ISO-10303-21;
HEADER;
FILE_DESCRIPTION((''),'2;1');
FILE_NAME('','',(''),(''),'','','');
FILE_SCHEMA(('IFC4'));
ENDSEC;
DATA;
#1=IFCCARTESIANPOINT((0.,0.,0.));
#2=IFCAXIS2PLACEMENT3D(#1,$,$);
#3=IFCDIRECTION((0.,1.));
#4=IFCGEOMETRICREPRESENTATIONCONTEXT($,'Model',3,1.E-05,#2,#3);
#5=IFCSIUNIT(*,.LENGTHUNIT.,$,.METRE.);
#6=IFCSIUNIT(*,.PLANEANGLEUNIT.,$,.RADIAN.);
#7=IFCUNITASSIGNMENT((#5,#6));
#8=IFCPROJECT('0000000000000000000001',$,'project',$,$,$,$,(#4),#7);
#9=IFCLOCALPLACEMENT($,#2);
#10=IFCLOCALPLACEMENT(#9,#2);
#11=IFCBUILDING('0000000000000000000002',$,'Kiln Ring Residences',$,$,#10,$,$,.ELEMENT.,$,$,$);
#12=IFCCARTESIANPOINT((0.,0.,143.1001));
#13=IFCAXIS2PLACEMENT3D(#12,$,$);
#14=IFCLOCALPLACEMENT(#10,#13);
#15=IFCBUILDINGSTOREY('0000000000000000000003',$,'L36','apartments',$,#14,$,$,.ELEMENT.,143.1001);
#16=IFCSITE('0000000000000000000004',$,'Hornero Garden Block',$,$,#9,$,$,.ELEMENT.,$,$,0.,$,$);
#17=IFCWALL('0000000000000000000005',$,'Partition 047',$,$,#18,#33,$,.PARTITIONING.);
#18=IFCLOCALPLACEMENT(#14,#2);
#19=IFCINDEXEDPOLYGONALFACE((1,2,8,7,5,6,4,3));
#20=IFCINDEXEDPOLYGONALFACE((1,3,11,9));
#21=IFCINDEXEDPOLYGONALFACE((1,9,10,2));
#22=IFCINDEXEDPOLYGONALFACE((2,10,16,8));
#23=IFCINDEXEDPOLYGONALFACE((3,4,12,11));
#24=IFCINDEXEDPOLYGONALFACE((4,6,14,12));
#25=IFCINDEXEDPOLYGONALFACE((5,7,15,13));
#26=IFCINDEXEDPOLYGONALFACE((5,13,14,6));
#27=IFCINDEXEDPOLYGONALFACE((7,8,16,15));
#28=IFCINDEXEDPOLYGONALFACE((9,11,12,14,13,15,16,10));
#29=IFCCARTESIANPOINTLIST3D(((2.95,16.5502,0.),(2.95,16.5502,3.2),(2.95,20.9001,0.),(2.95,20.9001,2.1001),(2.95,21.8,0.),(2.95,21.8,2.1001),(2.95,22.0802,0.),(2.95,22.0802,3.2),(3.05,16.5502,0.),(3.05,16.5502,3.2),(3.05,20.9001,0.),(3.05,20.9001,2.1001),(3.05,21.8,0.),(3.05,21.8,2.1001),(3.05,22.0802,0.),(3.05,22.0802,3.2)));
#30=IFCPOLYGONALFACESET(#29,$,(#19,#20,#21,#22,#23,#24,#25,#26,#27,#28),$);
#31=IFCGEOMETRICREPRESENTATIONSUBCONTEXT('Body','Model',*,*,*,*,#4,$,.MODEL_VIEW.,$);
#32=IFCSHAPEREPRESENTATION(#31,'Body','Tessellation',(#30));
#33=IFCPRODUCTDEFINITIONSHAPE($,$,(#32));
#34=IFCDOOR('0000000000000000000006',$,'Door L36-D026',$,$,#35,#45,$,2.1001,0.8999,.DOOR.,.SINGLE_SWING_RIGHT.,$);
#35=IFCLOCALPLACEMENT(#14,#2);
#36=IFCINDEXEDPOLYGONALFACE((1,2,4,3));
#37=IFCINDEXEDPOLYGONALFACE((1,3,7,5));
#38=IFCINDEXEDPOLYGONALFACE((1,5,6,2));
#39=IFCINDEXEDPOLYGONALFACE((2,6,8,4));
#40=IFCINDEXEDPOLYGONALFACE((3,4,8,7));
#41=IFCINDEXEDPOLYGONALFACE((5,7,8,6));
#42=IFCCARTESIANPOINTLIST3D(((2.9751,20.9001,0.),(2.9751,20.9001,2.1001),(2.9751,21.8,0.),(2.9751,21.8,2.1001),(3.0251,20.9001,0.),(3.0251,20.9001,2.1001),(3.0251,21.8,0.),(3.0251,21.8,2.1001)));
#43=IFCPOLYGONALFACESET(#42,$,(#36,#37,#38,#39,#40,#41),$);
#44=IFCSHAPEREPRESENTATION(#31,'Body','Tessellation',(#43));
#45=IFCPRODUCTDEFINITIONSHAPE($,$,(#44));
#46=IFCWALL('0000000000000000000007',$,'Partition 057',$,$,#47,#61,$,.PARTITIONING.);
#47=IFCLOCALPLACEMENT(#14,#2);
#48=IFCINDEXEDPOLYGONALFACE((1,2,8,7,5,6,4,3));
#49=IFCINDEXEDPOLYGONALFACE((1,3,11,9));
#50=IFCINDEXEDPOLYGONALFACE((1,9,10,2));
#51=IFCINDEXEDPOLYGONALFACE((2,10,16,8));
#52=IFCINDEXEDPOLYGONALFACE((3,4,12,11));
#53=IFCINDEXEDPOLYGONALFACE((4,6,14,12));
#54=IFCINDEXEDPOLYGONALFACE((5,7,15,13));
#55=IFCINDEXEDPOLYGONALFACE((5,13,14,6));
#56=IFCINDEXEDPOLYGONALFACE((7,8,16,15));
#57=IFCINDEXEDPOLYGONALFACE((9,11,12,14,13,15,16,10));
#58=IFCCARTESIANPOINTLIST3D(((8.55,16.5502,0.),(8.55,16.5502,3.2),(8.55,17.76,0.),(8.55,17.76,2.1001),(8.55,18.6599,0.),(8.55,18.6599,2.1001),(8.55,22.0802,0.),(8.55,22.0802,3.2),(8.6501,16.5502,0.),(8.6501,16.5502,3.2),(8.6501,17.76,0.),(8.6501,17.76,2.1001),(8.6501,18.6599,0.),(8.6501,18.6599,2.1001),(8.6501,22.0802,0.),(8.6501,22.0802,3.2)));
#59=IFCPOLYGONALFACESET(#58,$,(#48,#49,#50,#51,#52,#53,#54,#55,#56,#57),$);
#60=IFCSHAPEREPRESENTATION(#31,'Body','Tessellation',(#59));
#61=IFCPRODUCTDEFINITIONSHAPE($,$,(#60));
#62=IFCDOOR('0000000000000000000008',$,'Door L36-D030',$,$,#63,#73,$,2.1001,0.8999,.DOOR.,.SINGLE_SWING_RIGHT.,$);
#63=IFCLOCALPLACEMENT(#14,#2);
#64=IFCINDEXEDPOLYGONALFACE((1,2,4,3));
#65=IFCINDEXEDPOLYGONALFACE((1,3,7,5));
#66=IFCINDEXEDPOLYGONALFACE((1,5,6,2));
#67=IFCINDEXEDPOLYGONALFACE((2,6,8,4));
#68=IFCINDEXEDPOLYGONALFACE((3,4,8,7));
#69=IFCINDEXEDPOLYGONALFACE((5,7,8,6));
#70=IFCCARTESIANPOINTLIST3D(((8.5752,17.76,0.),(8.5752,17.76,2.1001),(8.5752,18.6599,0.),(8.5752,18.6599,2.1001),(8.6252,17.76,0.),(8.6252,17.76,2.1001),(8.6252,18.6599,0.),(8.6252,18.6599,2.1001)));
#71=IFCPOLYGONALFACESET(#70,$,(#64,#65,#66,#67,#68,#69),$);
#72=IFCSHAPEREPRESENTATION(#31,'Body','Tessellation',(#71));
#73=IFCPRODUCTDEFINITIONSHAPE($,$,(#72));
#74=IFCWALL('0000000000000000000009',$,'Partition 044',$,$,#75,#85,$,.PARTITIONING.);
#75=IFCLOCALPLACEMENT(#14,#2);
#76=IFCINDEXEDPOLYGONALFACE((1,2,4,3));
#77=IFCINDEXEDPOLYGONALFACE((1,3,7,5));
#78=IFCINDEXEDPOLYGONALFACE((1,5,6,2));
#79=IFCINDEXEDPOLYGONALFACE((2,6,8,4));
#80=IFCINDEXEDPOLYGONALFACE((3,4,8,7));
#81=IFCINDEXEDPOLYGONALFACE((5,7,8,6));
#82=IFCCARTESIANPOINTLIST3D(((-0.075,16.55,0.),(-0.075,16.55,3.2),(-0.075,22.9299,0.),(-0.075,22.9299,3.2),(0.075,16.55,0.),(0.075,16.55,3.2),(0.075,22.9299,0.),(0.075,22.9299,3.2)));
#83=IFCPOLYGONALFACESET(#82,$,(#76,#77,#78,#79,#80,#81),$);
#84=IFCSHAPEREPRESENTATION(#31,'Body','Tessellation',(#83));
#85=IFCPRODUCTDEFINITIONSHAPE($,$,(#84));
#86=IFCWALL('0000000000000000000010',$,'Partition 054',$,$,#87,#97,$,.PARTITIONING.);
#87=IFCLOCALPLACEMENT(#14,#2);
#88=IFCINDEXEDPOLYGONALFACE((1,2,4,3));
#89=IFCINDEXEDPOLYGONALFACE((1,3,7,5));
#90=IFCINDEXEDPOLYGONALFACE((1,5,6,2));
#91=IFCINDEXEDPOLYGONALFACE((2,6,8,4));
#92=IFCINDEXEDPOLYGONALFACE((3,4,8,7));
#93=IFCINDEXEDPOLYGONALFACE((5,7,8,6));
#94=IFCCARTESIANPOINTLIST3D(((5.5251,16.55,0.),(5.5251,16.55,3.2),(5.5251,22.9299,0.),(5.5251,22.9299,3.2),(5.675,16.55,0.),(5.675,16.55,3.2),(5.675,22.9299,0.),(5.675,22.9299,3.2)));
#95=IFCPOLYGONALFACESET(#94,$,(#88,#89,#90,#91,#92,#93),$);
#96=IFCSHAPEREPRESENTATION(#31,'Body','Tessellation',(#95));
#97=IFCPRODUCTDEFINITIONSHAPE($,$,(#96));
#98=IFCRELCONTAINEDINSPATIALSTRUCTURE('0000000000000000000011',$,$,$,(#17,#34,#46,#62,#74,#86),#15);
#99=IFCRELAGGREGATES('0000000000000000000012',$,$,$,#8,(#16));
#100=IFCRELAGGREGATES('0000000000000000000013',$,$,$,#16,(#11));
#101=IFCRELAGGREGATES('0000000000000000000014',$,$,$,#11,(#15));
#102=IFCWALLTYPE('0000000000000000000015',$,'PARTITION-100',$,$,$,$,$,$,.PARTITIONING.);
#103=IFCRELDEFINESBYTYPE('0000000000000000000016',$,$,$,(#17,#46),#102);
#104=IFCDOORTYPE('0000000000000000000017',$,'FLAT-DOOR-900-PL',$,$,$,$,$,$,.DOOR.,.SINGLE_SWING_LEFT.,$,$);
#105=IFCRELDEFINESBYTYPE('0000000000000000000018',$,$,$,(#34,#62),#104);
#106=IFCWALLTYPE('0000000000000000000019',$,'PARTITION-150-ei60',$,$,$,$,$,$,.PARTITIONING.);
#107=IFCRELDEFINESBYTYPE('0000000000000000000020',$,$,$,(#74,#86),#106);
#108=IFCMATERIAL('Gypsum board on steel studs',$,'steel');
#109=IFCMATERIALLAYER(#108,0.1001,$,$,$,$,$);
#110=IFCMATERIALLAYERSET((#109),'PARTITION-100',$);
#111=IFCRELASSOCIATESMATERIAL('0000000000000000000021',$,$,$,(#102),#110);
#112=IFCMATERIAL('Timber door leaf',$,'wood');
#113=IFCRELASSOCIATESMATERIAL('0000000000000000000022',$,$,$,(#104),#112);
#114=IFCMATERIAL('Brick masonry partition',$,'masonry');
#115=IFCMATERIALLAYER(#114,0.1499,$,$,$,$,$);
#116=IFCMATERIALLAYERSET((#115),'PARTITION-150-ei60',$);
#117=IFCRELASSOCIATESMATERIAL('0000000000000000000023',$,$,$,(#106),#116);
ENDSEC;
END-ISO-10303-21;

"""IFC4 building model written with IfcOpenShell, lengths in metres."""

from ifc_helpers import new_model, si_unit, direction, frame, frame_2d, origin, place, context, subcontext, project, spatial, rectangle, extrude, material, layer, layer_set, type_object, element, fill, save


model = new_model("IFC4")

# Units and contexts
model_context = context("Model", 3, precision=1e-05, world=origin(), true_north=direction((0.0, 1.0)))
body_context = subcontext(model_context, "Body", "Model", "MODEL_VIEW")
ifc_project = project(units=[si_unit("LENGTHUNIT", "METRE"), si_unit("PLANEANGLEUNIT", "RADIAN")], contexts=[model_context])

# Site, building, storey
site_placement = place(None, origin())
site = spatial("IfcSite", under=ifc_project, at=site_placement, Name="Hornero Garden Block", CompositionType="ELEMENT", RefElevation=0.0)
building_placement = place(site_placement, origin())
building = spatial("IfcBuilding", under=site, at=building_placement, Name="Kiln Ring Residences", CompositionType="ELEMENT")
storey_placement = place(building_placement, frame((0.0, 0.0, 143.1001)))
storey = spatial("IfcBuildingStorey", under=building, at=storey_placement, Name="L36", Description="apartments", CompositionType="ELEMENT", Elevation=143.1001)

# Walls, openings, doors
ifc_material_1 = material(Name="Gypsum board on steel studs", Category="steel")
ifc_layer_1 = layer(ifc_material_1, 0.1001)
ifc_layer_set_1 = layer_set([ifc_layer_1], Name="PARTITION-100")
wall_type_1 = type_object("IfcWallType", Name="PARTITION-100", PredefinedType="PARTITIONING", material=ifc_layer_set_1)
wall_1_placement = place(storey_placement, frame((3.0, 16.55, 0.0), z_axis=(0.0, 0.0, 1.0), x_axis=(0.0, 1.0, 0.0)))
wall_1 = element("IfcWall", 1, at=wall_1_placement, inside=storey, type_object=wall_type_1, Name="Partition 047", PredefinedType="PARTITIONING", context=body_context, shape_type="SweptSolid", body=[
    extrude(rectangle(XDim=5.53, YDim=0.1001, at=frame_2d((2.7651, 0.0))), origin(), (0.0, 0.0, 1.0), 3.2),
])
opening_1_placement = place(wall_1_placement, frame((4.3501, 0.0, 0.0)))
opening_1 = element("IfcOpeningElement", 2, at=opening_1_placement, cuts=wall_1, PredefinedType="OPENING", context=body_context, shape_type="SweptSolid", body=[
    extrude(rectangle(XDim=0.8999, YDim=2.1001, at=frame_2d((0.45, 1.05))), frame((0.0, 0.0601, 0.0), z_axis=(0.0, -1.0, 0.0), x_axis=(1.0, 0.0, 0.0)), (0.0, 0.0, 1.0), 0.1201),
])
ifc_material_2 = material(Name="Timber door leaf", Category="wood")
door_type = type_object("IfcDoorType", Name="FLAT-DOOR-900-PL", OperationType="SINGLE_SWING_LEFT", PredefinedType="DOOR", material=ifc_material_2)
door_1_placement = place(opening_1_placement, origin())
door_1 = element("IfcDoor", 3, at=door_1_placement, inside=storey, type_object=door_type, Name="Door L36-D026", OperationType="SINGLE_SWING_RIGHT", OverallHeight=2.1001, OverallWidth=0.8999, PredefinedType="DOOR", context=body_context, shape_type="SweptSolid", body=[
    extrude(rectangle(XDim=0.8999, YDim=2.1001, at=frame_2d((0.45, 1.05))), frame((0.0, 0.0249, 0.0), z_axis=(0.0, -1.0, 0.0), x_axis=(1.0, 0.0, 0.0)), (0.0, 0.0, 1.0), 0.05),
])
fill(opening_1, door_1)
wall_2_placement = place(storey_placement, frame((8.6001, 16.55, 0.0), z_axis=(0.0, 0.0, 1.0), x_axis=(0.0, 1.0, 0.0)))
wall_2 = element("IfcWall", 4, at=wall_2_placement, inside=storey, type_object=wall_type_1, Name="Partition 057", PredefinedType="PARTITIONING", context=body_context, shape_type="SweptSolid", body=[
    extrude(rectangle(XDim=5.53, YDim=0.1001, at=frame_2d((2.7651, 0.0))), origin(), (0.0, 0.0, 1.0), 3.2),
])
opening_2_placement = place(wall_2_placement, frame((1.21, 0.0, 0.0)))
opening_2 = element("IfcOpeningElement", 5, at=opening_2_placement, cuts=wall_2, PredefinedType="OPENING", context=body_context, shape_type="SweptSolid", body=[
    extrude(rectangle(XDim=0.8999, YDim=2.1001, at=frame_2d((0.45, 1.05))), frame((0.0, 0.0601, 0.0), z_axis=(0.0, -1.0, 0.0), x_axis=(1.0, 0.0, 0.0)), (0.0, 0.0, 1.0), 0.1201),
])
door_2_placement = place(opening_2_placement, origin())
door_2 = element("IfcDoor", 6, at=door_2_placement, inside=storey, type_object=door_type, Name="Door L36-D030", OperationType="SINGLE_SWING_RIGHT", OverallHeight=2.1001, OverallWidth=0.8999, PredefinedType="DOOR", context=body_context, shape_type="SweptSolid", body=[
    extrude(rectangle(XDim=0.8999, YDim=2.1001, at=frame_2d((0.45, 1.05))), frame((0.0, 0.0249, 0.0), z_axis=(0.0, -1.0, 0.0), x_axis=(1.0, 0.0, 0.0)), (0.0, 0.0, 1.0), 0.05),
])
fill(opening_2, door_2)

# Walls
ifc_material_3 = material(Name="Brick masonry partition", Category="masonry")
ifc_layer_2 = layer(ifc_material_3, 0.1499)
ifc_layer_set_2 = layer_set([ifc_layer_2], Name="PARTITION-150-ei60")
wall_type_2 = type_object("IfcWallType", Name="PARTITION-150-ei60", PredefinedType="PARTITIONING", material=ifc_layer_set_2)
for number, where, z_axis, x_axis, name in (
    (7, (0.0, 16.55, 0.0), (0.0, 0.0, 1.0), (0.0, 1.0, 0.0), "Partition 044"),
    (8, (5.6001, 16.55, 0.0), (0.0, 0.0, 1.0), (0.0, 1.0, 0.0), "Partition 054"),
):
    element("IfcWall", number, at=place(storey_placement, frame(where, z_axis=z_axis, x_axis=x_axis)), inside=storey, type_object=wall_type_2, Name=name, PredefinedType="PARTITIONING", context=body_context, shape_type="SweptSolid", body=[
        extrude(rectangle(XDim=6.3799, YDim=0.1499, at=frame_2d((3.1899, 0.0))), origin(), (0.0, 0.0, 1.0), 3.2),
    ])

save(model, "model.ifc")
